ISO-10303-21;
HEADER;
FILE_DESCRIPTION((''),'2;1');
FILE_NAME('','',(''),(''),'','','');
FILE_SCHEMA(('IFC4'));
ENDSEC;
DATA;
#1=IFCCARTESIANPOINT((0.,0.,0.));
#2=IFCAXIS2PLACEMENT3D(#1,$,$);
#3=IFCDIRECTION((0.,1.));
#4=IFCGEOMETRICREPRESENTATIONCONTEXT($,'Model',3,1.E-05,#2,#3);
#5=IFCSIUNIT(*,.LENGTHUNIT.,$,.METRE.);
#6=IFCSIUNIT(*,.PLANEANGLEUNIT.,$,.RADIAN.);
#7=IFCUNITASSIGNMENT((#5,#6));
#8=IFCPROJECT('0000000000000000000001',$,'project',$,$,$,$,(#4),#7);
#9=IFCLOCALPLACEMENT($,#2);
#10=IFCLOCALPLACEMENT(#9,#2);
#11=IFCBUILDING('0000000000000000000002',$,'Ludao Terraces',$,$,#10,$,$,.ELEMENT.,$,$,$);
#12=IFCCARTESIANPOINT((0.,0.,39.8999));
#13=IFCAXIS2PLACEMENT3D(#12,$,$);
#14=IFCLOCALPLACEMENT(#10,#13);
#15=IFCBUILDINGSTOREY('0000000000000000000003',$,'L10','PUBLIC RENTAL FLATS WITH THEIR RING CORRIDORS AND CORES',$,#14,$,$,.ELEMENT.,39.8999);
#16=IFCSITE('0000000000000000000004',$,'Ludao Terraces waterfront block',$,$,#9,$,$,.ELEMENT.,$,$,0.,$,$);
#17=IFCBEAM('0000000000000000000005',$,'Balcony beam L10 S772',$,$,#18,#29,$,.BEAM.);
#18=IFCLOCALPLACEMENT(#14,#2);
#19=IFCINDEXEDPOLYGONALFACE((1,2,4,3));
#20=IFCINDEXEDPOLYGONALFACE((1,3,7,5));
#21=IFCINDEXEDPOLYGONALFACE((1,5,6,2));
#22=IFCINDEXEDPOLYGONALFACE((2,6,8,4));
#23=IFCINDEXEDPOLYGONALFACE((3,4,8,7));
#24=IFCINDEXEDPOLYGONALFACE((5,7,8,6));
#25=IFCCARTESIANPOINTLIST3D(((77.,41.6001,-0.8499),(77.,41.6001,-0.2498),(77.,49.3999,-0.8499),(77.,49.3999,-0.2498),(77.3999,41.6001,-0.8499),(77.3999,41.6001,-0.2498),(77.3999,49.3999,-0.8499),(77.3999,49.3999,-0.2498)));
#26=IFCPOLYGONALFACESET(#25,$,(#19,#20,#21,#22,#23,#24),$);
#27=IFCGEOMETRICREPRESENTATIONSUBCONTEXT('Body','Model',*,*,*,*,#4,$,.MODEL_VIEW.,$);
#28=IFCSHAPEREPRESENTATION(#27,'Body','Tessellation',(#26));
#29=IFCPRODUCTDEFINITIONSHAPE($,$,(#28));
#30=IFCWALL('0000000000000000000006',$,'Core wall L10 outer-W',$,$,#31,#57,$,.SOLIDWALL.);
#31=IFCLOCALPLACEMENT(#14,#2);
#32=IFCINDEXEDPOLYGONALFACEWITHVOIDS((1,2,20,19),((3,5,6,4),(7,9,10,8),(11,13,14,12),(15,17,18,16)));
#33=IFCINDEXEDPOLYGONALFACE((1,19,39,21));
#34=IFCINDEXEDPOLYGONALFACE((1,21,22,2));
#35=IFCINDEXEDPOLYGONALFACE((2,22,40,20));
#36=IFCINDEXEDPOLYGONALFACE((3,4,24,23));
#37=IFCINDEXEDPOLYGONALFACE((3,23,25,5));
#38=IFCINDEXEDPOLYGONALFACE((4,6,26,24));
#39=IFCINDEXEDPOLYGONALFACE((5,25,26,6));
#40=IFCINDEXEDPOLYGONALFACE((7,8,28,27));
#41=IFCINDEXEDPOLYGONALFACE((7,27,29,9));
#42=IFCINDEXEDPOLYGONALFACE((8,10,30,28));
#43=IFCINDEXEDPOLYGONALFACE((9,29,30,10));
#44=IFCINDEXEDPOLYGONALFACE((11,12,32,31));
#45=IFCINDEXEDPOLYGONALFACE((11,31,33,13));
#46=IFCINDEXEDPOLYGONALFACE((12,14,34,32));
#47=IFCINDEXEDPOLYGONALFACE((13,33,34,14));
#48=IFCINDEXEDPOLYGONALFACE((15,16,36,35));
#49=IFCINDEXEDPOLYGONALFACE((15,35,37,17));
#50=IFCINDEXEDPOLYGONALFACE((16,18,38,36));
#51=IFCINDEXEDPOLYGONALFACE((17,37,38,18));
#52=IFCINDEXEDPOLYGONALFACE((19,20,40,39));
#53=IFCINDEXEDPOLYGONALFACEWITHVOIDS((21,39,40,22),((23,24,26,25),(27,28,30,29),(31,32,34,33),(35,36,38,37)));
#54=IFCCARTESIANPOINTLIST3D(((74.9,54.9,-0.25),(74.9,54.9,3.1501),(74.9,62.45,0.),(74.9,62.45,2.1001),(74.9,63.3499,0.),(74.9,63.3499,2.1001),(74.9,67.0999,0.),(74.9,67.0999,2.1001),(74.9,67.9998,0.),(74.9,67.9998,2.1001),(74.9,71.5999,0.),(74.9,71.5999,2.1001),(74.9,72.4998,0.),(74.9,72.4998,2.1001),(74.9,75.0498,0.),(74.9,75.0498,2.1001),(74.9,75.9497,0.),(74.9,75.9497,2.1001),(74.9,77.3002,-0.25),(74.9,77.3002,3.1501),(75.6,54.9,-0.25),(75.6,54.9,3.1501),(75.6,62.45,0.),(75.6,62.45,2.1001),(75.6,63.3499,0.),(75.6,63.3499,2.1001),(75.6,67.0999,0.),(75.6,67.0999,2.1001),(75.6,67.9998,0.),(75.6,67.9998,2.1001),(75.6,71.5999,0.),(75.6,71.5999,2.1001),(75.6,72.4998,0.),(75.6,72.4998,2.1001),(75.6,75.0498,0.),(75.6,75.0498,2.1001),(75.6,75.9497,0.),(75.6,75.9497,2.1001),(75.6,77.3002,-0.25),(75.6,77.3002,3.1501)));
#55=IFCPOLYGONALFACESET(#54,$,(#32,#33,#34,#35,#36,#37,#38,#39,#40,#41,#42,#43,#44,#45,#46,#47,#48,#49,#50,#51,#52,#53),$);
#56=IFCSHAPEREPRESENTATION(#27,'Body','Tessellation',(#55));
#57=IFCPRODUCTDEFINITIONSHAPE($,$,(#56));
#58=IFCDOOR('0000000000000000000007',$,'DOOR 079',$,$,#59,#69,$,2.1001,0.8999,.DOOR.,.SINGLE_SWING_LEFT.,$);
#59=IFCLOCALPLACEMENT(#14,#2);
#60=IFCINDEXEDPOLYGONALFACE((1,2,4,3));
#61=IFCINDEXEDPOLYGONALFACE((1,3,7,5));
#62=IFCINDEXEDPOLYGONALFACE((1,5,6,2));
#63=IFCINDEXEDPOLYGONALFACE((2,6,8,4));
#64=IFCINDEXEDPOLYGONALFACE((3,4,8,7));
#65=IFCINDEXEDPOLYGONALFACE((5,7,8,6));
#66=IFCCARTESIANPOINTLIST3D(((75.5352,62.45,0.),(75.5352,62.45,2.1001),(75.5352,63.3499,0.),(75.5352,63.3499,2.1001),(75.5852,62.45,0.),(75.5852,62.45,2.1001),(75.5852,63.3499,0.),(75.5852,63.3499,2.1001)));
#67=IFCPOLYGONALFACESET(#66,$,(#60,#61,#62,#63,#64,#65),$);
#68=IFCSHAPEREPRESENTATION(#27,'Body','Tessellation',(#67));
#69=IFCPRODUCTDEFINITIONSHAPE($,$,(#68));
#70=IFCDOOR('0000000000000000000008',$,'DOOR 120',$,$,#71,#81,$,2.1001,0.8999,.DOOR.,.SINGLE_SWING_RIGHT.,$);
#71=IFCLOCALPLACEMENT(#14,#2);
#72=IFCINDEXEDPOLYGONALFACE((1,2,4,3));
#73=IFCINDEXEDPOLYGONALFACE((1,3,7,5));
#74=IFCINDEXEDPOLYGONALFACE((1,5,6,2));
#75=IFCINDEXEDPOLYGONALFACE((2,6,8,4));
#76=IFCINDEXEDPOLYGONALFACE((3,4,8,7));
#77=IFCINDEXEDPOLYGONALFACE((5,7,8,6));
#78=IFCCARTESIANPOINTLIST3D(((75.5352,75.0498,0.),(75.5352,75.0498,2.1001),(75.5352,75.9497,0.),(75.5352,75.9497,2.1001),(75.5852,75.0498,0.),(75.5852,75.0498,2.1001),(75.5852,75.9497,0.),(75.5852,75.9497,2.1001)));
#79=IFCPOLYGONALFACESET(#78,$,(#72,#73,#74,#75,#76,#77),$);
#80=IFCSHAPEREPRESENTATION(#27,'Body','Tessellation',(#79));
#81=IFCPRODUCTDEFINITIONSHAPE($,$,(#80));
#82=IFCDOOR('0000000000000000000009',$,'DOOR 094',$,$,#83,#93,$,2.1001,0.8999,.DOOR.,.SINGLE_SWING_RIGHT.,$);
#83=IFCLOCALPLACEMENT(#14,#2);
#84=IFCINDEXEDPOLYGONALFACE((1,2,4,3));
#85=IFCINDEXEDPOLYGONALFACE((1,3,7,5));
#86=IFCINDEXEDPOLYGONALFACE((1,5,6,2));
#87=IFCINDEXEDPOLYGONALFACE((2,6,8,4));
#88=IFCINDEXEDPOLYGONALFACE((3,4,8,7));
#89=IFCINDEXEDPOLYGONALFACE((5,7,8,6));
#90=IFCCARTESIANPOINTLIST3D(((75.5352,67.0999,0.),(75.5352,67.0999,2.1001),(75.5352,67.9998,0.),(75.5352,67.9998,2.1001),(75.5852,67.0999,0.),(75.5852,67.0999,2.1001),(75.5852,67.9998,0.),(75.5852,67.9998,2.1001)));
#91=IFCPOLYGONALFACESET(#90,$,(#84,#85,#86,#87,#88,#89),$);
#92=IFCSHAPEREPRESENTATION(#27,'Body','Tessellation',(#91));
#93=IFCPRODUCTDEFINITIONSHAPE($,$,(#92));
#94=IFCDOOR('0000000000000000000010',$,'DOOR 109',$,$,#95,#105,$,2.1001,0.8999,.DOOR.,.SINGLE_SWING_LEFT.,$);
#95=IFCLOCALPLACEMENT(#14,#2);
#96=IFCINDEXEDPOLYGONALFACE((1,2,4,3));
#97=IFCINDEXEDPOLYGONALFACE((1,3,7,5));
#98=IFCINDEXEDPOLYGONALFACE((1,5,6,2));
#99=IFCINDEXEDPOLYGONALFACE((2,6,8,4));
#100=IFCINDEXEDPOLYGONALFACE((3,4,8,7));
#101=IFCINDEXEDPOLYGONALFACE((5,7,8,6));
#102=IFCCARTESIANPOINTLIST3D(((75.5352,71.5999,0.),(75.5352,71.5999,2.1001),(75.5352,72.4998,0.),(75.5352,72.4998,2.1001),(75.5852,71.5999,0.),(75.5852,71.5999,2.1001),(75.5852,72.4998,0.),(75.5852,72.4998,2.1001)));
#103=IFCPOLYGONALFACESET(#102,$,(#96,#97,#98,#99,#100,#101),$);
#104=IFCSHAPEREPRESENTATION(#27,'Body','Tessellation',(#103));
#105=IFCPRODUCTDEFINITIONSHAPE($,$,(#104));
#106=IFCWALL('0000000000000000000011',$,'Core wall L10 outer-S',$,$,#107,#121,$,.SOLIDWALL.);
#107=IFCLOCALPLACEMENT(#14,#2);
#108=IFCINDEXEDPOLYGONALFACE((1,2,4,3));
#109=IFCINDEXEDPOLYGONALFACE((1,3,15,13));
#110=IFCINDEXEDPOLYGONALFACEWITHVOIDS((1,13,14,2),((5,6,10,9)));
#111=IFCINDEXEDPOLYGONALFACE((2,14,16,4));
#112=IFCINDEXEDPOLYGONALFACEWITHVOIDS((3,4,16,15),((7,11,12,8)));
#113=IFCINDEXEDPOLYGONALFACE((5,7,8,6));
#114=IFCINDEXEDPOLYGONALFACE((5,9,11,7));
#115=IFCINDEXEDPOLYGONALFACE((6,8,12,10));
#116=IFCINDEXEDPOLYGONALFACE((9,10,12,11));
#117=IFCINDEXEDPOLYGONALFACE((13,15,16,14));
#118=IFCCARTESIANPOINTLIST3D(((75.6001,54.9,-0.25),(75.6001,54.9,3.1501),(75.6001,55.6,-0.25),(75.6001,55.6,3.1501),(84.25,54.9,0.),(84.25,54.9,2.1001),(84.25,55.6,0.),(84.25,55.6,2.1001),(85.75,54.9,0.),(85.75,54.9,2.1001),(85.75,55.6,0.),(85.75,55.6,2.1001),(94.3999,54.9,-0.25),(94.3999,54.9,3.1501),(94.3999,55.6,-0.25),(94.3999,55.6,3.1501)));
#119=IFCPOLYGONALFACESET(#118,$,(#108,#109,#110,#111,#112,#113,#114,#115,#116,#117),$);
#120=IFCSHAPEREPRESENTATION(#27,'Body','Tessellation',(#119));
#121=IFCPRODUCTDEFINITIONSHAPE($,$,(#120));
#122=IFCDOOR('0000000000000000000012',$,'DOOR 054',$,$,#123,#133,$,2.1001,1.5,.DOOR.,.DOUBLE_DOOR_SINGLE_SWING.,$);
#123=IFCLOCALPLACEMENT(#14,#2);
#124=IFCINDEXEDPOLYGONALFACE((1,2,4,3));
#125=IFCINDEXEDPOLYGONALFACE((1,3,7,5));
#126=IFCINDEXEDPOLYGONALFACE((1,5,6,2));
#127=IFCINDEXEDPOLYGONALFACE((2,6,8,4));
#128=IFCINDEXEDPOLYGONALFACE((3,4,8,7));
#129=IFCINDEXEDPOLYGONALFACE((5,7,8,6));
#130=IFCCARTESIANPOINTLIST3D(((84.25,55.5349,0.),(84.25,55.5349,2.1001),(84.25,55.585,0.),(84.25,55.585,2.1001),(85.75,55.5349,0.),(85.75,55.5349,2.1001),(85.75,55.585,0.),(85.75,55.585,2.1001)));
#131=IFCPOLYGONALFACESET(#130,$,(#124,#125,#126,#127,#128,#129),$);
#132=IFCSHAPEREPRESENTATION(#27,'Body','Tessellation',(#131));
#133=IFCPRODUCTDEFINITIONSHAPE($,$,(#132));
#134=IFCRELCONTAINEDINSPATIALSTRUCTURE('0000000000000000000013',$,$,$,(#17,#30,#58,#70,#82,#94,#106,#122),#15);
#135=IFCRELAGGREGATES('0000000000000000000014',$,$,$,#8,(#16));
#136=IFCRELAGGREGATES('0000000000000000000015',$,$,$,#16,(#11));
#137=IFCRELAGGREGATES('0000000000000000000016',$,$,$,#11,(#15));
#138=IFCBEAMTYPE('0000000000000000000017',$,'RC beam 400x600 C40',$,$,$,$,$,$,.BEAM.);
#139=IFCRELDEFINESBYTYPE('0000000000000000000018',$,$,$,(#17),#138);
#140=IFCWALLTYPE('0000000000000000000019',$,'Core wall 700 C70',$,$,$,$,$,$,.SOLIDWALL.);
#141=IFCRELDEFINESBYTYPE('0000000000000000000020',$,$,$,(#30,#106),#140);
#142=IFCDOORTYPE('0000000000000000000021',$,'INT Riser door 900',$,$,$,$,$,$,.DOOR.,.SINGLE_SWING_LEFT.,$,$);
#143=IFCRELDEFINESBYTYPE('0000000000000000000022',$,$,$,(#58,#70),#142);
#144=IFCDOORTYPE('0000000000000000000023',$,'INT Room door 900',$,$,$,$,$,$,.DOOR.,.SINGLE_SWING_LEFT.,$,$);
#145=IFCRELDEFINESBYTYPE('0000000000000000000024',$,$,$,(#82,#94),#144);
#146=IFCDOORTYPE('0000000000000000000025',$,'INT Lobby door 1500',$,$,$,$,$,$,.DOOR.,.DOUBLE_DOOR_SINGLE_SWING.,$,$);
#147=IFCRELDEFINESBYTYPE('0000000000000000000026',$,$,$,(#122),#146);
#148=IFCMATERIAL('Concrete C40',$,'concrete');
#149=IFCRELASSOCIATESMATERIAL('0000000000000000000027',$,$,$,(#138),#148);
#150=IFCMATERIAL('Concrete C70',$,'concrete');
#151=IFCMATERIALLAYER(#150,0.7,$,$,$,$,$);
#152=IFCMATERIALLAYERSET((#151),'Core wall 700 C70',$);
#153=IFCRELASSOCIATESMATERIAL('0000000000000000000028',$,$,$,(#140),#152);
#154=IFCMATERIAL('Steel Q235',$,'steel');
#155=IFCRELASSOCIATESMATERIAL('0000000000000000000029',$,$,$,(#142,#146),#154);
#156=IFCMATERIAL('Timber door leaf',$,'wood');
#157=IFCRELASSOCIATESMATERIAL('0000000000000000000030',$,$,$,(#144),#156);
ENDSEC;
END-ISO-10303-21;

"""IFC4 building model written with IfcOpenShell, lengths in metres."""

from ifc_helpers import new_model, si_unit, direction, frame, frame_2d, origin, origin_2d, place, context, subcontext, project, spatial, rectangle, extrude, material, layer, layer_set, material_profile, profile_set, type_object, element, fill, save


model = new_model("IFC4")

# Units and contexts
model_context = context("Model", 3, precision=1e-05, world=origin(), true_north=direction((0.0, 1.0)))
body_context = subcontext(model_context, "Body", "Model", "MODEL_VIEW")
ifc_project = project(units=[si_unit("LENGTHUNIT", "METRE"), si_unit("PLANEANGLEUNIT", "RADIAN")], contexts=[model_context])

# Site, building, storey
site_placement = place(None, origin())
site = spatial("IfcSite", under=ifc_project, at=site_placement, Name="Ludao Terraces waterfront block", CompositionType="ELEMENT", RefElevation=0.0)
building_placement = place(site_placement, origin())
building = spatial("IfcBuilding", under=site, at=building_placement, Name="Ludao Terraces", CompositionType="ELEMENT")
storey_placement = place(building_placement, frame((0.0, 0.0, 39.8999)))
storey = spatial("IfcBuildingStorey", under=building, at=storey_placement, Name="L10", Description="PUBLIC RENTAL FLATS WITH THEIR RING CORRIDORS AND CORES", CompositionType="ELEMENT", Elevation=39.8999)

# Beam
ifc_material_1 = material(Name="Concrete C40", Category="concrete")
ifc_material_profile = material_profile(ifc_material_1, rectangle(XDim=0.3999, YDim=0.6001, at=origin_2d()), Name="400 X 600")
ifc_profile_set = profile_set([ifc_material_profile], Name="Concrete C40")
beam_type = type_object("IfcBeamType", Name="RC beam 400x600 C40", PredefinedType="BEAM", material=ifc_profile_set)
beam_placement = place(storey_placement, frame((77.2, 49.3999, -0.5498), z_axis=(0.0, -1.0, 0.0), x_axis=(1.0, 0.0, 0.0)))
element("IfcBeam", 1, at=beam_placement, inside=storey, type_object=beam_type, Name="Balcony beam L10 S772", PredefinedType="BEAM", context=body_context, shape_type="SweptSolid", body=[
    extrude(rectangle(XDim=0.3999, YDim=0.6001, at=origin_2d()), origin(), (0.0, 0.0, 1.0), 7.7998),
])

# Wall, openings, doors
ifc_material_2 = material(Name="Concrete C70", Category="concrete")
ifc_layer_1 = layer(ifc_material_2, 0.7)
ifc_layer_set_1 = layer_set([ifc_layer_1], Name="Core wall 700 C70")
wall_type_1 = type_object("IfcWallType", Name="Core wall 700 C70", PredefinedType="SOLIDWALL", material=ifc_layer_set_1)
wall_1_placement = place(storey_placement, frame((75.25, 54.8999, -0.25), z_axis=(0.0, 0.0, 1.0), x_axis=(0.0, 1.0, 0.0)))
wall_1 = element("IfcWall", 2, at=wall_1_placement, inside=storey, type_object=wall_type_1, Name="Core wall L10 outer-W", PredefinedType="SOLIDWALL", context=body_context, shape_type="SweptSolid", body=[
    extrude(rectangle(XDim=22.4001, YDim=0.7, at=frame_2d((11.2002, 0.0))), origin(), (0.0, 0.0, 1.0), 3.4001),
])
opening_1_placement = place(wall_1_placement, frame((7.55, 0.0, 0.25)))
opening_1 = element("IfcOpeningElement", 3, at=opening_1_placement, cuts=wall_1, PredefinedType="OPENING", context=body_context, shape_type="SweptSolid", body=[
    extrude(rectangle(XDim=0.8999, YDim=2.1001, at=frame_2d((0.45, 1.05))), frame((0.0, 0.3599, 0.0), z_axis=(0.0, -1.0, 0.0), x_axis=(1.0, 0.0, 0.0)), (0.0, 0.0, 1.0), 0.72),
])
opening_2_placement = place(wall_1_placement, frame((12.2, 0.0, 0.25)))
opening_2 = element("IfcOpeningElement", 4, at=opening_2_placement, cuts=wall_1, PredefinedType="OPENING", context=body_context, shape_type="SweptSolid", body=[
    extrude(rectangle(XDim=0.8999, YDim=2.1001, at=frame_2d((0.45, 1.05))), frame((0.0, 0.3599, 0.0), z_axis=(0.0, -1.0, 0.0), x_axis=(1.0, 0.0, 0.0)), (0.0, 0.0, 1.0), 0.72),
])
opening_3_placement = place(wall_1_placement, frame((16.7, 0.0, 0.25)))
opening_3 = element("IfcOpeningElement", 5, at=opening_3_placement, cuts=wall_1, PredefinedType="OPENING", context=body_context, shape_type="SweptSolid", body=[
    extrude(rectangle(XDim=0.8999, YDim=2.1001, at=frame_2d((0.45, 1.05))), frame((0.0, 0.3599, 0.0), z_axis=(0.0, -1.0, 0.0), x_axis=(1.0, 0.0, 0.0)), (0.0, 0.0, 1.0), 0.72),
])
opening_4_placement = place(wall_1_placement, frame((20.1499, 0.0, 0.25)))
opening_4 = element("IfcOpeningElement", 6, at=opening_4_placement, cuts=wall_1, PredefinedType="OPENING", context=body_context, shape_type="SweptSolid", body=[
    extrude(rectangle(XDim=0.8999, YDim=2.1001, at=frame_2d((0.45, 1.05))), frame((0.0, 0.3599, 0.0), z_axis=(0.0, -1.0, 0.0), x_axis=(1.0, 0.0, 0.0)), (0.0, 0.0, 1.0), 0.72),
])
ifc_material_3 = material(Name="Steel Q235", Category="steel")
door_type_1 = type_object("IfcDoorType", Name="INT Riser door 900", OperationType="SINGLE_SWING_LEFT", PredefinedType="DOOR", material=ifc_material_3)
door_1_placement = place(opening_1_placement, origin())
door_1 = element("IfcDoor", 7, at=door_1_placement, inside=storey, type_object=door_type_1, Name="DOOR 079", OperationType="SINGLE_SWING_LEFT", OverallHeight=2.1001, OverallWidth=0.8999, PredefinedType="DOOR", context=body_context, shape_type="SweptSolid", body=[
    extrude(rectangle(XDim=0.8999, YDim=2.1001, at=frame_2d((0.45, 1.05))), frame((0.0, -0.2852, 0.0), z_axis=(0.0, -1.0, 0.0), x_axis=(1.0, 0.0, 0.0)), (0.0, 0.0, 1.0), 0.05),
])
fill(opening_1, door_1)
door_2_placement = place(opening_4_placement, origin())
door_2 = element("IfcDoor", 8, at=door_2_placement, inside=storey, type_object=door_type_1, Name="DOOR 120", OperationType="SINGLE_SWING_RIGHT", OverallHeight=2.1001, OverallWidth=0.8999, PredefinedType="DOOR", context=body_context, shape_type="SweptSolid", body=[
    extrude(rectangle(XDim=0.8999, YDim=2.1001, at=frame_2d((0.45, 1.05))), frame((0.0, -0.2852, 0.0), z_axis=(0.0, -1.0, 0.0), x_axis=(1.0, 0.0, 0.0)), (0.0, 0.0, 1.0), 0.05),
])
fill(opening_4, door_2)
ifc_material_4 = material(Name="Timber door leaf", Category="wood")
door_type_2 = type_object("IfcDoorType", Name="INT Room door 900", OperationType="SINGLE_SWING_LEFT", PredefinedType="DOOR", material=ifc_material_4)
door_3_placement = place(opening_2_placement, origin())
door_3 = element("IfcDoor", 9, at=door_3_placement, inside=storey, type_object=door_type_2, Name="DOOR 094", OperationType="SINGLE_SWING_RIGHT", OverallHeight=2.1001, OverallWidth=0.8999, PredefinedType="DOOR", context=body_context, shape_type="SweptSolid", body=[
    extrude(rectangle(XDim=0.8999, YDim=2.1001, at=frame_2d((0.45, 1.05))), frame((0.0, -0.2852, 0.0), z_axis=(0.0, -1.0, 0.0), x_axis=(1.0, 0.0, 0.0)), (0.0, 0.0, 1.0), 0.05),
])
fill(opening_2, door_3)
door_4_placement = place(opening_3_placement, origin())
door_4 = element("IfcDoor", 10, at=door_4_placement, inside=storey, type_object=door_type_2, Name="DOOR 109", OperationType="SINGLE_SWING_LEFT", OverallHeight=2.1001, OverallWidth=0.8999, PredefinedType="DOOR", context=body_context, shape_type="SweptSolid", body=[
    extrude(rectangle(XDim=0.8999, YDim=2.1001, at=frame_2d((0.45, 1.05))), frame((0.0, -0.2852, 0.0), z_axis=(0.0, -1.0, 0.0), x_axis=(1.0, 0.0, 0.0)), (0.0, 0.0, 1.0), 0.05),
])
fill(opening_3, door_4)

# Wall, opening, door
wall_2_placement = place(storey_placement, frame((75.6001, 55.25, -0.25), z_axis=(0.0, 0.0, 1.0), x_axis=(1.0, 0.0, 0.0)))
wall_2 = element("IfcWall", 11, at=wall_2_placement, inside=storey, type_object=wall_type_1, Name="Core wall L10 outer-S", PredefinedType="SOLIDWALL", context=body_context, shape_type="SweptSolid", body=[
    extrude(rectangle(XDim=18.7998, YDim=0.7, at=frame_2d((9.3999, 0.0))), origin(), (0.0, 0.0, 1.0), 3.4001),
])
opening_5_placement = place(wall_2_placement, frame((8.6499, 0.0, 0.25)))
opening_5 = element("IfcOpeningElement", 12, at=opening_5_placement, cuts=wall_2, PredefinedType="OPENING", context=body_context, shape_type="SweptSolid", body=[
    extrude(rectangle(XDim=1.5, YDim=2.1001, at=frame_2d((0.75, 1.05))), frame((0.0, 0.3599, 0.0), z_axis=(0.0, -1.0, 0.0), x_axis=(1.0, 0.0, 0.0)), (0.0, 0.0, 1.0), 0.72),
])
door_type_3 = type_object("IfcDoorType", Name="INT Lobby door 1500", OperationType="DOUBLE_DOOR_SINGLE_SWING", PredefinedType="DOOR", material=ifc_material_3)
door_5_placement = place(opening_5_placement, origin())
door_5 = element("IfcDoor", 13, at=door_5_placement, inside=storey, type_object=door_type_3, Name="DOOR 054", OperationType="DOUBLE_DOOR_SINGLE_SWING", OverallHeight=2.1001, OverallWidth=1.5, PredefinedType="DOOR", context=body_context, shape_type="SweptSolid", body=[
    extrude(rectangle(XDim=1.5, YDim=2.1001, at=frame_2d((0.75, 1.05))), frame((0.0, 0.335, 0.0), z_axis=(0.0, -1.0, 0.0), x_axis=(1.0, 0.0, 0.0)), (0.0, 0.0, 1.0), 0.05),
])
fill(opening_5, door_5)

save(model, "model.ifc")
